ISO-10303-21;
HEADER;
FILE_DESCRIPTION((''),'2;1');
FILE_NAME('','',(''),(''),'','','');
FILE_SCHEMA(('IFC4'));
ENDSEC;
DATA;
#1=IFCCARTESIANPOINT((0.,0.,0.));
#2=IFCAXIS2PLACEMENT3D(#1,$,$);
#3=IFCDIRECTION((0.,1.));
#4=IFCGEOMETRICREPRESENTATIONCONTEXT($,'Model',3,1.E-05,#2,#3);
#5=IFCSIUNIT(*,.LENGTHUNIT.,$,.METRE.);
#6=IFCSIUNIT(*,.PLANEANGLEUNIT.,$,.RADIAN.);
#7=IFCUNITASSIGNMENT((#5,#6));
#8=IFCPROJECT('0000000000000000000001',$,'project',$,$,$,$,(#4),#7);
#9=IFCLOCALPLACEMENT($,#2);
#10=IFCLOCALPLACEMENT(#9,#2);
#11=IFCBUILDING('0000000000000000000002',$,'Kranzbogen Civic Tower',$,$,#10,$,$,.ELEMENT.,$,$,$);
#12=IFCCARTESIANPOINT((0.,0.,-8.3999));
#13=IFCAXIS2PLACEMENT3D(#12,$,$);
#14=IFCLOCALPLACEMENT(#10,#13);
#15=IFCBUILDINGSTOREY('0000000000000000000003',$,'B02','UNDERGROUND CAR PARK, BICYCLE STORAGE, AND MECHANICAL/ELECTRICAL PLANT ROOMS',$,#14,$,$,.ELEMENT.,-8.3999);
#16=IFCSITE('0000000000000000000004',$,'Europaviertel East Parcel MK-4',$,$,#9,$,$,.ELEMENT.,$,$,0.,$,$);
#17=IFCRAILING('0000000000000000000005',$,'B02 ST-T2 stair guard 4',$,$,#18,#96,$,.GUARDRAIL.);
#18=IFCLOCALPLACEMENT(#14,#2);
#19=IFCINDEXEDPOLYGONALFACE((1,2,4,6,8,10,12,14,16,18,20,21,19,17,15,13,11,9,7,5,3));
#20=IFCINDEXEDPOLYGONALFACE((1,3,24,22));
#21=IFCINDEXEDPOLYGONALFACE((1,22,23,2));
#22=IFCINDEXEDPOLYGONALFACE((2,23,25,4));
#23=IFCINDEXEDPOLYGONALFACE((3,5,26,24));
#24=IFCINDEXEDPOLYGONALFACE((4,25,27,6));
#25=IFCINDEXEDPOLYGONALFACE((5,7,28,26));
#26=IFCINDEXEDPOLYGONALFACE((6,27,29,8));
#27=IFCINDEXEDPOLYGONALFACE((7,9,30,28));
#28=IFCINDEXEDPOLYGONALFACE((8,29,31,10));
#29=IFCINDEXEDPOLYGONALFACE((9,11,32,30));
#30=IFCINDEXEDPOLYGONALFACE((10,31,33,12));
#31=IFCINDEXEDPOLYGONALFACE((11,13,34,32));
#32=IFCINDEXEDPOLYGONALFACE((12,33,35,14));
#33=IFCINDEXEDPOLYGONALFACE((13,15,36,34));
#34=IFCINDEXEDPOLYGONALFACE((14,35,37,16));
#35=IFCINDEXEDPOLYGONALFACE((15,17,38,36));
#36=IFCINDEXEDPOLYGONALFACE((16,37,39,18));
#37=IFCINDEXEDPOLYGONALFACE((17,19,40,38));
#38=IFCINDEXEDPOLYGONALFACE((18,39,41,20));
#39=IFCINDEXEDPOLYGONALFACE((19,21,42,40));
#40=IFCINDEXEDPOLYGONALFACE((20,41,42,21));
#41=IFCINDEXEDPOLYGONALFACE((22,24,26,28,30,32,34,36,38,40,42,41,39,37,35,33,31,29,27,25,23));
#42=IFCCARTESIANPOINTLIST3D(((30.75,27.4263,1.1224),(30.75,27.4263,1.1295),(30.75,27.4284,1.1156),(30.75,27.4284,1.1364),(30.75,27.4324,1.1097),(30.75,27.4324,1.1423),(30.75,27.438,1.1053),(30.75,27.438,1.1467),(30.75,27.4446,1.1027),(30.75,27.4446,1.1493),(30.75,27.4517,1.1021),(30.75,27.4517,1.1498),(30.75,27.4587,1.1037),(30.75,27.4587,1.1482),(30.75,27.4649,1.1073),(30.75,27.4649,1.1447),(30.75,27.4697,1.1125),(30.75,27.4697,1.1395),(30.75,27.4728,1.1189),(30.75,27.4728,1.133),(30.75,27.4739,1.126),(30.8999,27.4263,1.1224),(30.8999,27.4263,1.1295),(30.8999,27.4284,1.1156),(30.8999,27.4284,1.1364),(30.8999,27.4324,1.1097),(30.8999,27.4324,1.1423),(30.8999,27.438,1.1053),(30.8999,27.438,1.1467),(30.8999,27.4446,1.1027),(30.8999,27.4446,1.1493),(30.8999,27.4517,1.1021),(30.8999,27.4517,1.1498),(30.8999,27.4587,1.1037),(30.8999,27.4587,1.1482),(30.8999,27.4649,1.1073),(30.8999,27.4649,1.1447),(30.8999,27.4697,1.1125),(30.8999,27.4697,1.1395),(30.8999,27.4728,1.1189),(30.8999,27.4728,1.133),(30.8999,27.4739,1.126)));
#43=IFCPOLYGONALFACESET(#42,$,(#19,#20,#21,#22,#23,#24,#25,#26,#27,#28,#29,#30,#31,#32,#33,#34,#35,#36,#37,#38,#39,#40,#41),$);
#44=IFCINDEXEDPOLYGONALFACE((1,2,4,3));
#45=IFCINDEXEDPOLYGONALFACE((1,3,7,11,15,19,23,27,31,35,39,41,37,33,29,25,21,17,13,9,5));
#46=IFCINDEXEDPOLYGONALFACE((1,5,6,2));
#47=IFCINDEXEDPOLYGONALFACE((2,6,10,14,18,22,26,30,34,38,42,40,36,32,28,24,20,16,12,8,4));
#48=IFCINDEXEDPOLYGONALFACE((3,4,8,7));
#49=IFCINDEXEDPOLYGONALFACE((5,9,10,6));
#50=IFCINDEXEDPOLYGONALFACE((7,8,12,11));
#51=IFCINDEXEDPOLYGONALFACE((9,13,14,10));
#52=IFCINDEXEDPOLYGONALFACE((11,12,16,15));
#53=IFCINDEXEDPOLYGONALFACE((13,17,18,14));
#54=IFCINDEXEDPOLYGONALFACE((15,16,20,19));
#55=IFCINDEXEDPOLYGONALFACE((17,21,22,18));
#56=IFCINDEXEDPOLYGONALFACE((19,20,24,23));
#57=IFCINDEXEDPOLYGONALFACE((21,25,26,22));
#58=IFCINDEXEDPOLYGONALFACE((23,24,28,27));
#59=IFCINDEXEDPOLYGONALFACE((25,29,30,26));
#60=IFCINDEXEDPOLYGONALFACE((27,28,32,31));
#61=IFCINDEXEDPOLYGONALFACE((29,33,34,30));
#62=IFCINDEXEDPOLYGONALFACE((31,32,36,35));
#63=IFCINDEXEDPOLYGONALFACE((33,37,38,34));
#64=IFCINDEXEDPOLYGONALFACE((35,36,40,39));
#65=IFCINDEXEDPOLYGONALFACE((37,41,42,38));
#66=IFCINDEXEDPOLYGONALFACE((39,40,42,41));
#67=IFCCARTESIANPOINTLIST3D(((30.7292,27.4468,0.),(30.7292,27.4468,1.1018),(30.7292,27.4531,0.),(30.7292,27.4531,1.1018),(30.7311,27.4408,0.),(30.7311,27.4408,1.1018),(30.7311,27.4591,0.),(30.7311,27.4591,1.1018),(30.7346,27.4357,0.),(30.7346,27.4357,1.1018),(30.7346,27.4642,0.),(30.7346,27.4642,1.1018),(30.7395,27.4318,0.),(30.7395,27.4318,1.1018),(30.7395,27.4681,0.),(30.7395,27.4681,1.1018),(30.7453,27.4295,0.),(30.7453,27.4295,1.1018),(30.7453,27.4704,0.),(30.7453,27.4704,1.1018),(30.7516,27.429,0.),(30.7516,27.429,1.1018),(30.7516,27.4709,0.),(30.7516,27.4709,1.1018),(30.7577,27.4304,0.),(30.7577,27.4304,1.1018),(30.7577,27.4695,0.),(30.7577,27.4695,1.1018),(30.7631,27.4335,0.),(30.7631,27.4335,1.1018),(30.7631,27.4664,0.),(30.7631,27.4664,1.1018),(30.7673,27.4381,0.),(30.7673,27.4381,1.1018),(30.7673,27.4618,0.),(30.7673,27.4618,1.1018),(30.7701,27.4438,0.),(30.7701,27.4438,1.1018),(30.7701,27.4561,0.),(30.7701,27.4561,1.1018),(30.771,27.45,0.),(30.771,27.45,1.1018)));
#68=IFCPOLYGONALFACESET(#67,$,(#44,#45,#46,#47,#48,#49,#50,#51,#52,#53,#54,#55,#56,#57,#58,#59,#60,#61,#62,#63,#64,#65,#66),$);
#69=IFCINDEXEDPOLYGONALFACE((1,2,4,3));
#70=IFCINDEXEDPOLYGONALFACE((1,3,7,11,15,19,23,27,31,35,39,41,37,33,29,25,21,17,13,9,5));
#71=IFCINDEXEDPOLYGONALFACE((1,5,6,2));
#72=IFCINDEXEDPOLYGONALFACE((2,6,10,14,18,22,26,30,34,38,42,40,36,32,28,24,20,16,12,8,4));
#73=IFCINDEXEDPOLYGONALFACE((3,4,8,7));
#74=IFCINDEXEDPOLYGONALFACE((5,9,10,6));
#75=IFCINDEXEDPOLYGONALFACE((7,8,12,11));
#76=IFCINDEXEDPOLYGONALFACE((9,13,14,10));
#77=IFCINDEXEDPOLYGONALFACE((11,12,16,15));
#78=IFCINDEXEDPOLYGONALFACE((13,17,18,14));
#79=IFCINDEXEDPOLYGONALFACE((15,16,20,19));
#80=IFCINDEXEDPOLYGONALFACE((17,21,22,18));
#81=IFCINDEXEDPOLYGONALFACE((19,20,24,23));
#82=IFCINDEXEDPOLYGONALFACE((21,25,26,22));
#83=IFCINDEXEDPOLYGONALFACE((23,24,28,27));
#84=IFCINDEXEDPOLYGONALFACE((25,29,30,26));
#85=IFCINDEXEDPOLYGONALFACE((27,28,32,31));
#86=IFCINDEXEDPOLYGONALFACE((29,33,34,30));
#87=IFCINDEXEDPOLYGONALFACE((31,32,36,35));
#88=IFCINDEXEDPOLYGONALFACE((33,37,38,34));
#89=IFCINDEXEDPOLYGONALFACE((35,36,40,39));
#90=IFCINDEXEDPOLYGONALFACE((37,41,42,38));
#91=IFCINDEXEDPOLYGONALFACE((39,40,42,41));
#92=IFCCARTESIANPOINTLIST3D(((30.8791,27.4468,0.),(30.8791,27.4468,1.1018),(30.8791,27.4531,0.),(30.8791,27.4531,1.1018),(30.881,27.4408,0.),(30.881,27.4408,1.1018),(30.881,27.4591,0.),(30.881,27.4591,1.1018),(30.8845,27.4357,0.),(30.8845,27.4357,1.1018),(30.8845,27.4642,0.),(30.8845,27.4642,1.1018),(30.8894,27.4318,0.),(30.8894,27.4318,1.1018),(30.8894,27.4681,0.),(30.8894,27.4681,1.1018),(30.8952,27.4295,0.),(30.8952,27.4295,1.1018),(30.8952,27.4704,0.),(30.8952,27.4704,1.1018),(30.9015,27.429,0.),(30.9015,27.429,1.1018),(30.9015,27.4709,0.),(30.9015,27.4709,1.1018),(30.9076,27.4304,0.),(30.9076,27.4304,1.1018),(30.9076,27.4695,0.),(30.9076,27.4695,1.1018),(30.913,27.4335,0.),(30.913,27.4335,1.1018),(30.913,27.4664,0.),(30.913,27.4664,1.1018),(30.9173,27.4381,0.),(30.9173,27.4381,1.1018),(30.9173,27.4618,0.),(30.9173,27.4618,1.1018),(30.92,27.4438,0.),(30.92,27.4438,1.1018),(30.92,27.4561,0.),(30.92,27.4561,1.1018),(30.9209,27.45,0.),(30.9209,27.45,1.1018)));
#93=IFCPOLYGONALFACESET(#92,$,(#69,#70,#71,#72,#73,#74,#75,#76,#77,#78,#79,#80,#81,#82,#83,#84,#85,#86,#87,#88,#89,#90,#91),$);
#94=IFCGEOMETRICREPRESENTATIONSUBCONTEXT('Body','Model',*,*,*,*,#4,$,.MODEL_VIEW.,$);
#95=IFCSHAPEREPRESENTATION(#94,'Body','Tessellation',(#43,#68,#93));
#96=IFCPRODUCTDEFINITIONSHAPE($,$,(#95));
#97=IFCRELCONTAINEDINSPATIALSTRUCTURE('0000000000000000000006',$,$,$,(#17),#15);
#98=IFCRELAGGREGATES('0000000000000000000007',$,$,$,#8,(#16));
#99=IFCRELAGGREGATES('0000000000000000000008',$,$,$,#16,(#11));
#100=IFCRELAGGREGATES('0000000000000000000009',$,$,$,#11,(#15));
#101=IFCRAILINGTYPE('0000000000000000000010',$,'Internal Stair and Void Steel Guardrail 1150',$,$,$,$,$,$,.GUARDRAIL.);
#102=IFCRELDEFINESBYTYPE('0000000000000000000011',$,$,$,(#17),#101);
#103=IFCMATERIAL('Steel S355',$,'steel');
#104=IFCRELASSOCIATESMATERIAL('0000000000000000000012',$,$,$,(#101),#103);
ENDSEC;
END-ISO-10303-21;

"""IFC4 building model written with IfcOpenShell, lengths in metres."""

from ifc_helpers import new_model, si_unit, direction, frame, origin, origin_2d, place, context, subcontext, project, spatial, circle, extrude, material, type_object, element, save


model = new_model("IFC4")

# Units and contexts
model_context = context("Model", 3, precision=1e-05, world=origin(), true_north=direction((0.0, 1.0)))
body_context = subcontext(model_context, "Body", "Model", "MODEL_VIEW")
ifc_project = project(units=[si_unit("LENGTHUNIT", "METRE"), si_unit("PLANEANGLEUNIT", "RADIAN")], contexts=[model_context])

# Site, building, storey
site_placement = place(None, origin())
site = spatial("IfcSite", under=ifc_project, at=site_placement, Name="Europaviertel East Parcel MK-4", CompositionType="ELEMENT", RefElevation=0.0)
building_placement = place(site_placement, origin())
building = spatial("IfcBuilding", under=site, at=building_placement, Name="Kranzbogen Civic Tower", CompositionType="ELEMENT")
storey_placement = place(building_placement, frame((0.0, 0.0, -8.3999)))
storey = spatial("IfcBuildingStorey", under=building, at=storey_placement, Name="B02", Description="UNDERGROUND CAR PARK, BICYCLE STORAGE, AND MECHANICAL/ELECTRICAL PLANT ROOMS", CompositionType="ELEMENT", Elevation=-8.3999)

# Shared definitions
ifc_material_1 = material(Name="Steel S355", Category="steel")

# Railing
railing_type_1 = type_object("IfcRailingType", Name="Internal Stair and Void Steel Guardrail 1150", PredefinedType="GUARDRAIL", material=ifc_material_1)
railing_1_placement = place(storey_placement, frame((30.75, 27.45, 0.0)))
element("IfcRailing", 1, at=railing_1_placement, inside=storey, type_object=railing_type_1, Name="B02 ST-T2 stair guard 4", PredefinedType="GUARDRAIL", context=body_context, shape_type="SweptSolid", body=[
    extrude(circle(Radius=0.0239, at=origin_2d()), frame((0.0, 0.0, 1.126), z_axis=(1.0, 0.0, 0.0), x_axis=(0.0, 1.0, 0.0)), (0.0, 0.0, 1.0), 0.1499),
    extrude(circle(Radius=0.021, at=origin_2d()), origin(), (0.0, 0.0, 1.0), 1.1018),
    extrude(circle(Radius=0.021, at=origin_2d()), frame((0.1499, 0.0, 0.0)), (0.0, 0.0, 1.0), 1.1018),
])

save(model, "model.ifc")
